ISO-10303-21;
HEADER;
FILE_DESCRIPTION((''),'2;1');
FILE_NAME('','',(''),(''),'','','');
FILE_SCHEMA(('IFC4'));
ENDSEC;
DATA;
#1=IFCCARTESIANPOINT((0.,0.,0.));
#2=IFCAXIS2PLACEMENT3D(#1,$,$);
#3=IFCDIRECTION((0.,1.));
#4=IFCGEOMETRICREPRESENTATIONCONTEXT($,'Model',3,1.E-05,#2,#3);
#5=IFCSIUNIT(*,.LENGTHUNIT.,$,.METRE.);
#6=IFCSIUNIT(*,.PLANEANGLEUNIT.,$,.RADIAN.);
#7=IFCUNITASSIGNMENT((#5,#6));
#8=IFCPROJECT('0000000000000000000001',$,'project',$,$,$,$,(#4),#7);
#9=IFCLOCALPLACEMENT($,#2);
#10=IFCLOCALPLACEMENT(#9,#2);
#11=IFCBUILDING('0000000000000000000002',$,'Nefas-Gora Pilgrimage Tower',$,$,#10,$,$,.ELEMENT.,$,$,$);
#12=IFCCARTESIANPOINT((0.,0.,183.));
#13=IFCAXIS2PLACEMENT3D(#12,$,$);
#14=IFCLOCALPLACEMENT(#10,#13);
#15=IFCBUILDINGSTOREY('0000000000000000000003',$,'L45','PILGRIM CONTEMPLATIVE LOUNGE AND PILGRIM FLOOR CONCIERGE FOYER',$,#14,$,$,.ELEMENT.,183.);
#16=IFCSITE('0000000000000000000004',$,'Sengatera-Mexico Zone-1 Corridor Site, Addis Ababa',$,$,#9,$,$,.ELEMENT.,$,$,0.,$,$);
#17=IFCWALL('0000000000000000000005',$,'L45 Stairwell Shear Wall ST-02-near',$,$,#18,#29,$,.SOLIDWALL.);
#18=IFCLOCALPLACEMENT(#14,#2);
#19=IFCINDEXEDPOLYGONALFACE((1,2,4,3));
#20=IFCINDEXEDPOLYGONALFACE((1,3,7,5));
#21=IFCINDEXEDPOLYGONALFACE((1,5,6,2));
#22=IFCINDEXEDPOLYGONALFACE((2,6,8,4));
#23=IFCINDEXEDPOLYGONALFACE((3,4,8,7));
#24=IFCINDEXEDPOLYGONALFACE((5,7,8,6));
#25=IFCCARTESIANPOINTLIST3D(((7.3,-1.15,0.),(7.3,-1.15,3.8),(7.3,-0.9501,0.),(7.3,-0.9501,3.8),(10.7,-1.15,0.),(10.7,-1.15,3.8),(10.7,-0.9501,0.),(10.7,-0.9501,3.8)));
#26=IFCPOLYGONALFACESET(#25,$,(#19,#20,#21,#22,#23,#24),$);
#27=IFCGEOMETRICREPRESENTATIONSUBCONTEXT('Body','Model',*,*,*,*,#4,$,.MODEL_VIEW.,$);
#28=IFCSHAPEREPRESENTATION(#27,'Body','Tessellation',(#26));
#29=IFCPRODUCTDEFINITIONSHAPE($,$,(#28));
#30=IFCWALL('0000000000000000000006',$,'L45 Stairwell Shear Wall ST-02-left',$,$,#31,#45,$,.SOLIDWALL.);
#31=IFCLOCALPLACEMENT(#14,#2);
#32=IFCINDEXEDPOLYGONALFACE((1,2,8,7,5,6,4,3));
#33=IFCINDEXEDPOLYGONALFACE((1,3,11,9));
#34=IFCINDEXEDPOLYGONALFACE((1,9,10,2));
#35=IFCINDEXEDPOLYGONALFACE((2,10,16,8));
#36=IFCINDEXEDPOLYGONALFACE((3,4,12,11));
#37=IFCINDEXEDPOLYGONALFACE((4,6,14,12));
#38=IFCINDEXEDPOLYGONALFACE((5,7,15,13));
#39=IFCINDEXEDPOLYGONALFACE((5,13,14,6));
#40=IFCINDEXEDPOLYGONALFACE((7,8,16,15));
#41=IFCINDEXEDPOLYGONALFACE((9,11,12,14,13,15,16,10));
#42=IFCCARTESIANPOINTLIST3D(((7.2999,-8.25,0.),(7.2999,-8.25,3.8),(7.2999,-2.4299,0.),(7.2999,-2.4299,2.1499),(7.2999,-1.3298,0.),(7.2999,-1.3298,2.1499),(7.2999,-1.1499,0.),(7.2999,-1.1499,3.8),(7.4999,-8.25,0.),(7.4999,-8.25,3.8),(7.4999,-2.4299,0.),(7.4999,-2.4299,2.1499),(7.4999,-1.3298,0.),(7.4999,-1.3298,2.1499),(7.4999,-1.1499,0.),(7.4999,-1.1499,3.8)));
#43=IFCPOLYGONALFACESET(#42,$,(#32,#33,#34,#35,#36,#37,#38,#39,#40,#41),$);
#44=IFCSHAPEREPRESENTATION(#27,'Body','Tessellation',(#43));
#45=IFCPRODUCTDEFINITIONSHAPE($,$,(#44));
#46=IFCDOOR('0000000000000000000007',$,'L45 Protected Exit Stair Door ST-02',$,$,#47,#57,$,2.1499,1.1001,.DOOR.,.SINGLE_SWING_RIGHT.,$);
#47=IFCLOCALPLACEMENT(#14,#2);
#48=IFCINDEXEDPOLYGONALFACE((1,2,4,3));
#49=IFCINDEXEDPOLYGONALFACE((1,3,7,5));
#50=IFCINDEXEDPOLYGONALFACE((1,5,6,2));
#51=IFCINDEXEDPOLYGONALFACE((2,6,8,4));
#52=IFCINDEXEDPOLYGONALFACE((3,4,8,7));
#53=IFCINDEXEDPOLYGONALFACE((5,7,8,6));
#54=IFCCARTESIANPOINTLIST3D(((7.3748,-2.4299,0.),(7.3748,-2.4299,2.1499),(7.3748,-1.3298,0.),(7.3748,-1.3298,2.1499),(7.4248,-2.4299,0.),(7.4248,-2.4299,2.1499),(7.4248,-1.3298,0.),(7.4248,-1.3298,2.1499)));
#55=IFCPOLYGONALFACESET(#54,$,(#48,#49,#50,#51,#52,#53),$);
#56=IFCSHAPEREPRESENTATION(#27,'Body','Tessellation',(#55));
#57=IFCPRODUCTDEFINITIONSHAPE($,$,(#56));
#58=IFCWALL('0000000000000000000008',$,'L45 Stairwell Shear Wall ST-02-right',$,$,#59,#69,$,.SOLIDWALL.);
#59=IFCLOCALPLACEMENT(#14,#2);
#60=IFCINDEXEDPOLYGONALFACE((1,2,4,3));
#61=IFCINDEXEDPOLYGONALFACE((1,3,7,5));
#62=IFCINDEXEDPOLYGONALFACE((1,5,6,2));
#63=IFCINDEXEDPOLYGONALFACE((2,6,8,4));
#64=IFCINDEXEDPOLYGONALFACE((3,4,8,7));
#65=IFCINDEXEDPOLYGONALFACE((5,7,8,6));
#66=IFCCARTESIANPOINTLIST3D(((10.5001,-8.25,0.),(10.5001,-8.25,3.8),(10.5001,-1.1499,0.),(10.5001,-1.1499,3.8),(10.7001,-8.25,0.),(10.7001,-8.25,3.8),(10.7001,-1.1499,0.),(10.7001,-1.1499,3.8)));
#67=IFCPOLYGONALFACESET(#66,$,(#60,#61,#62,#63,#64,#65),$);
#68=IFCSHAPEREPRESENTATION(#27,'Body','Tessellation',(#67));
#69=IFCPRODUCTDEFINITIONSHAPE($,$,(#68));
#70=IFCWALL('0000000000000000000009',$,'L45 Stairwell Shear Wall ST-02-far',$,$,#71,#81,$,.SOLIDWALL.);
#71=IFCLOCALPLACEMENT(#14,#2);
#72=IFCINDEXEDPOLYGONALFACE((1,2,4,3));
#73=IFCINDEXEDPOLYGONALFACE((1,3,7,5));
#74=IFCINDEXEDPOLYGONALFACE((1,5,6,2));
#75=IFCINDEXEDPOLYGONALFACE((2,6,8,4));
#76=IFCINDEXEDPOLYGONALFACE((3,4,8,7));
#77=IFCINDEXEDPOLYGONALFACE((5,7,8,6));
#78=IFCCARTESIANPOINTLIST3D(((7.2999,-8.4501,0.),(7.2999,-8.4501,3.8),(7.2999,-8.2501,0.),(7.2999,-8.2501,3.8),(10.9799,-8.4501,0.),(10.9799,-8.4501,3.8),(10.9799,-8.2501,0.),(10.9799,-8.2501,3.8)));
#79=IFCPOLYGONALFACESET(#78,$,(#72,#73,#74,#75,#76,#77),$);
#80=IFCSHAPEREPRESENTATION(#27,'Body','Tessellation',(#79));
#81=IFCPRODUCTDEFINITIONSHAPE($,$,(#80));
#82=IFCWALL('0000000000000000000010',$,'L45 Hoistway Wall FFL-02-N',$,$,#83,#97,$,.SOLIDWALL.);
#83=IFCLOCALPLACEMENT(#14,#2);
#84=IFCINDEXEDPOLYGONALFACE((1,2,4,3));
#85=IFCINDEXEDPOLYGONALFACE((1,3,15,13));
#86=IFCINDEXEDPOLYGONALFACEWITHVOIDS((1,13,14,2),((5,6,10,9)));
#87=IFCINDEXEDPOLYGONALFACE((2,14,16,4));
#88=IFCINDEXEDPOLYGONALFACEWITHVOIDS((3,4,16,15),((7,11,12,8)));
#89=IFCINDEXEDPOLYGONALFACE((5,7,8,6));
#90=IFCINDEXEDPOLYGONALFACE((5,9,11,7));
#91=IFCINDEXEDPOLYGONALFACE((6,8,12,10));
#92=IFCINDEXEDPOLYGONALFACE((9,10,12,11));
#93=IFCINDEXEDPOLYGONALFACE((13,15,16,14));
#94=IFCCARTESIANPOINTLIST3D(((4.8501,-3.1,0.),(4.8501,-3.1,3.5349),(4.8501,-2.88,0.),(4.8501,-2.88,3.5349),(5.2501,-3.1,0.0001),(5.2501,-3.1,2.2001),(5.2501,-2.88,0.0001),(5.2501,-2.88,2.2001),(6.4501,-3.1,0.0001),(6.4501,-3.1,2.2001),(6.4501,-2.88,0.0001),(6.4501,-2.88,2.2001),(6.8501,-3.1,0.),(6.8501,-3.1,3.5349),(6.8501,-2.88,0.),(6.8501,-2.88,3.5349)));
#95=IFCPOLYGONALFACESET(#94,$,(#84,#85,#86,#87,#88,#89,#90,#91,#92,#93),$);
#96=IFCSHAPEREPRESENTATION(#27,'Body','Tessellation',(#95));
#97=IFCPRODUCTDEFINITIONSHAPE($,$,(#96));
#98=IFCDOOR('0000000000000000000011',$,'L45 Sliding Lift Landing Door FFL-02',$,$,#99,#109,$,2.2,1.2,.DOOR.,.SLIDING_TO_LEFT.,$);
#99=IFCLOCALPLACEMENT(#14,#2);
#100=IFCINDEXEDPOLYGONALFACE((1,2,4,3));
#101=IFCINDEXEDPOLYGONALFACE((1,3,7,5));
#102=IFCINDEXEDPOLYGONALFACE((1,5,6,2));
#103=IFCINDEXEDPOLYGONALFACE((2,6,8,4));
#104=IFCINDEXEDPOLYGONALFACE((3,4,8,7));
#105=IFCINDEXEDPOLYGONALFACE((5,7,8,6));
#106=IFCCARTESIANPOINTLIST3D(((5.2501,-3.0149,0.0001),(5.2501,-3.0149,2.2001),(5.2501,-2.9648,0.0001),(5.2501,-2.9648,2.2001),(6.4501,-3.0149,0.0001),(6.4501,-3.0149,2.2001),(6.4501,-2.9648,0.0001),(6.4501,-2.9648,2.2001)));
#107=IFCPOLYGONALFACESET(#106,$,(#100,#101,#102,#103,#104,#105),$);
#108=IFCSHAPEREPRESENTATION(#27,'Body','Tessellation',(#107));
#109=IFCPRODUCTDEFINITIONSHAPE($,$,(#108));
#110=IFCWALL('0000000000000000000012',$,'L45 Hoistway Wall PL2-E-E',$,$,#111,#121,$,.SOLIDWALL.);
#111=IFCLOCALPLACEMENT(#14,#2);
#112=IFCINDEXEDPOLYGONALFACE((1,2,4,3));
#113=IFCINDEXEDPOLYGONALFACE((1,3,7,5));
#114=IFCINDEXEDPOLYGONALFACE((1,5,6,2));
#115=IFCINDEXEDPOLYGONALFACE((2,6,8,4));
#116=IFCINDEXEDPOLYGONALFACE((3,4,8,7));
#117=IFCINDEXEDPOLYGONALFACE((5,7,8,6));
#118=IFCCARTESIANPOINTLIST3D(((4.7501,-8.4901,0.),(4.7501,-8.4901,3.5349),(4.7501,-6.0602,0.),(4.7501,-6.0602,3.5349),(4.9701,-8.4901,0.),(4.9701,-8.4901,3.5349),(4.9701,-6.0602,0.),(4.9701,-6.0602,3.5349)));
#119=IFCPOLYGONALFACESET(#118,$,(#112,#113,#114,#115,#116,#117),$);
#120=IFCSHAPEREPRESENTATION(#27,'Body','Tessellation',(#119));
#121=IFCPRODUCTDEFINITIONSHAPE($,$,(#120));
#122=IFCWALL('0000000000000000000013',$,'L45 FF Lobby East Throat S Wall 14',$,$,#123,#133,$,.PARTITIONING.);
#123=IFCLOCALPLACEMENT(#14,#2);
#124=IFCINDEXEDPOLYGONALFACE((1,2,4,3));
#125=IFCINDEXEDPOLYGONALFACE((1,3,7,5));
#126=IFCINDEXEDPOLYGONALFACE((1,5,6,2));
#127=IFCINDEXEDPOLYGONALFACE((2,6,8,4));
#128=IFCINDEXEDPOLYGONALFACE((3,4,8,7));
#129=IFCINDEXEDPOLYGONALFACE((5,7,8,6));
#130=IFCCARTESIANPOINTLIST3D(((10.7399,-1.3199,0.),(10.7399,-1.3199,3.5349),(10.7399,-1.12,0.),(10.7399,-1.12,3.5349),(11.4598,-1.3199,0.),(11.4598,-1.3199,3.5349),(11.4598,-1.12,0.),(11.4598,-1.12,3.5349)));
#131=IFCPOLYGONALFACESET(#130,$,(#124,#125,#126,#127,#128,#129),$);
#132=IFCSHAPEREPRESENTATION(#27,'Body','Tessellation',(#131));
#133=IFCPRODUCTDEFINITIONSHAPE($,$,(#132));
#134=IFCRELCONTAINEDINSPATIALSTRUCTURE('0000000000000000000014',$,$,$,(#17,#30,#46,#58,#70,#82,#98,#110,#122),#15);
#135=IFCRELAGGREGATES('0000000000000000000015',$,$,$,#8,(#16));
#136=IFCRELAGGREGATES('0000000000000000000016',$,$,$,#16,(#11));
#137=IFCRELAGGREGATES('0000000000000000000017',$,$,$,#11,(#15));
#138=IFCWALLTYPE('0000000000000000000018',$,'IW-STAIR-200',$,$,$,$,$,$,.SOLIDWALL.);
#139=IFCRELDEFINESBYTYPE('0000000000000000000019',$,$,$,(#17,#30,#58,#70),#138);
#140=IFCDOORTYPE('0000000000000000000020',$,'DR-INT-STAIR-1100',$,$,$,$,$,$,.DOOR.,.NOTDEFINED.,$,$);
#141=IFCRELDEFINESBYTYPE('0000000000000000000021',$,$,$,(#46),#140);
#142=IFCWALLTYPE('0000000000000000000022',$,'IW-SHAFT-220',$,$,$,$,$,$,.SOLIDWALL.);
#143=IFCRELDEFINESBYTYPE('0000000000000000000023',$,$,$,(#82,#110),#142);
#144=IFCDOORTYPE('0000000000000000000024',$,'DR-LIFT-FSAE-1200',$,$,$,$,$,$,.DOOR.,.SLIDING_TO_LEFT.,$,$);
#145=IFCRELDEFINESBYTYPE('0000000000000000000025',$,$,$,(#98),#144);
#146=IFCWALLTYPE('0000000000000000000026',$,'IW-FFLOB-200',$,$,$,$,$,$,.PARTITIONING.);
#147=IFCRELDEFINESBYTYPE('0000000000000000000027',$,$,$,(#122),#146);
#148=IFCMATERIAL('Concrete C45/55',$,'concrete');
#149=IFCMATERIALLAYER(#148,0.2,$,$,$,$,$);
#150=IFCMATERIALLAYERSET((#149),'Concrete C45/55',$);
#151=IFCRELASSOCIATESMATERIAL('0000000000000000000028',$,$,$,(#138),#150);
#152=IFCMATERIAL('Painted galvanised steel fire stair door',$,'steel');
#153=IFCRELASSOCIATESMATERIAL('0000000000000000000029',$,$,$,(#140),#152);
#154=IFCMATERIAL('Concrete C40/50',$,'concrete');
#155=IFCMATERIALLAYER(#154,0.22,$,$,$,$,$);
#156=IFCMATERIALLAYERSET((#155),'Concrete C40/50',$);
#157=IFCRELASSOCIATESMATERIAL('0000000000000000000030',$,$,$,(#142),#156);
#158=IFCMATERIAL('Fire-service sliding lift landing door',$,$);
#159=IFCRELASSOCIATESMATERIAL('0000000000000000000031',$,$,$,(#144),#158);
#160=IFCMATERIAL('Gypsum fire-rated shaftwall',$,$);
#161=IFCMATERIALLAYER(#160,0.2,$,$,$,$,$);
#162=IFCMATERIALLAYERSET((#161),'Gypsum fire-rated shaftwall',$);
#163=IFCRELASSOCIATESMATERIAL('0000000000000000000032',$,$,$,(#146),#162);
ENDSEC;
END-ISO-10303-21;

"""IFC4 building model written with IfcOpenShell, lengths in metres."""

from ifc_helpers import new_model, si_unit, direction, frame, frame_2d, origin, place, context, subcontext, project, spatial, rectangle, extrude, source, transform, mapped, material, layer, layer_set, type_object, element, fill, save


model = new_model("IFC4")

# Units and contexts
model_context = context("Model", 3, precision=1e-05, world=origin(), true_north=direction((0.0, 1.0)))
body_context = subcontext(model_context, "Body", "Model", "MODEL_VIEW")
ifc_project = project(units=[si_unit("LENGTHUNIT", "METRE"), si_unit("PLANEANGLEUNIT", "RADIAN")], contexts=[model_context])

# Site, building, storey
site_placement = place(None, origin())
site = spatial("IfcSite", under=ifc_project, at=site_placement, Name="Sengatera-Mexico Zone-1 Corridor Site, Addis Ababa", CompositionType="ELEMENT", RefElevation=0.0)
building_placement = place(site_placement, origin())
building = spatial("IfcBuilding", under=site, at=building_placement, Name="Nefas-Gora Pilgrimage Tower", CompositionType="ELEMENT")
storey_placement = place(building_placement, frame((0.0, 0.0, 183.0)))
storey = spatial("IfcBuildingStorey", under=building, at=storey_placement, Name="L45", Description="PILGRIM CONTEMPLATIVE LOUNGE AND PILGRIM FLOOR CONCIERGE FOYER", CompositionType="ELEMENT", Elevation=183.0)

# Wall
ifc_material_1 = material(Name="Concrete C45/55", Category="concrete")
ifc_layer_1 = layer(ifc_material_1, 0.2)
ifc_layer_set_1 = layer_set([ifc_layer_1], Name="Concrete C45/55")
wall_type_1 = type_object("IfcWallType", Name="IW-STAIR-200", PredefinedType="SOLIDWALL", material=ifc_layer_set_1)
shared_shape_1 = source(origin(), body_context, "Body", "SweptSolid", [
    extrude(rectangle(XDim=3.3999, YDim=0.2, at=frame_2d((1.7, 0.0))), origin(), (0.0, 0.0, 1.0), 3.8),
])
wall_1_placement = place(storey_placement, frame((7.3, -1.05, 0.0), z_axis=(0.0, 0.0, 1.0), x_axis=(1.0, 0.0, 0.0)))
element("IfcWall", 1, at=wall_1_placement, inside=storey, type_object=wall_type_1, Name="L45 Stairwell Shear Wall ST-02-near", PredefinedType="SOLIDWALL", context=body_context, shape_type="MappedRepresentation", body=[
    mapped(shared_shape_1, transform((0.0, 0.0, 0.0), x_axis=(1.0, 0.0, 0.0), y_axis=(0.0, 1.0, 0.0), z_axis=(0.0, 0.0, 1.0), scale=1.0)),
])

# Wall, opening, door
shared_shape_2 = source(origin(), body_context, "Body", "SweptSolid", [
    extrude(rectangle(XDim=7.1001, YDim=0.2, at=frame_2d((3.55, 0.0))), origin(), (0.0, 0.0, 1.0), 3.8),
])
wall_2_placement = place(storey_placement, frame((7.3999, -1.1499, 0.0), z_axis=(0.0, 0.0, 1.0), x_axis=(0.0, -1.0, 0.0)))
wall_2 = element("IfcWall", 2, at=wall_2_placement, inside=storey, type_object=wall_type_1, Name="L45 Stairwell Shear Wall ST-02-left", PredefinedType="SOLIDWALL", context=body_context, shape_type="MappedRepresentation", body=[
    mapped(shared_shape_2, transform((0.0, 0.0, 0.0), x_axis=(1.0, 0.0, 0.0), y_axis=(0.0, 1.0, 0.0), z_axis=(0.0, 0.0, 1.0), scale=1.0)),
])
opening_1_placement = place(wall_2_placement, frame((0.1799, 0.0, 0.0)))
opening_1 = element("IfcOpeningElement", 3, at=opening_1_placement, cuts=wall_2, PredefinedType="OPENING", context=body_context, shape_type="SweptSolid", body=[
    extrude(rectangle(XDim=1.1001, YDim=2.1499, at=frame_2d((0.55, 1.075))), frame((0.0, 0.1099, 0.0), z_axis=(0.0, -1.0, 0.0), x_axis=(1.0, 0.0, 0.0)), (0.0, 0.0, 1.0), 0.22),
])
ifc_material_2 = material(Name="Painted galvanised steel fire stair door", Category="steel")
door_type_1 = type_object("IfcDoorType", Name="DR-INT-STAIR-1100", OperationType="NOTDEFINED", PredefinedType="DOOR", material=ifc_material_2)
shared_shape_3 = source(origin(), body_context, "Body", "SweptSolid", [
    extrude(rectangle(XDim=1.1001, YDim=2.1499, at=frame_2d((0.55, 1.075))), frame((0.0, 0.0249, 0.0), z_axis=(0.0, -1.0, 0.0), x_axis=(1.0, 0.0, 0.0)), (0.0, 0.0, 1.0), 0.05),
])
door_1_placement = place(opening_1_placement, origin())
door_1 = element("IfcDoor", 4, at=door_1_placement, inside=storey, type_object=door_type_1, Name="L45 Protected Exit Stair Door ST-02", OperationType="SINGLE_SWING_RIGHT", OverallHeight=2.1499, OverallWidth=1.1001, PredefinedType="DOOR", context=body_context, shape_type="MappedRepresentation", body=[
    mapped(shared_shape_3, transform((0.0, 0.0, 0.0), x_axis=(1.0, 0.0, 0.0), y_axis=(0.0, 1.0, 0.0), z_axis=(0.0, 0.0, 1.0), scale=1.0)),
])
fill(opening_1, door_1)

# Walls
wall_3_placement = place(storey_placement, frame((10.6001, -1.1499, 0.0), z_axis=(0.0, 0.0, 1.0), x_axis=(0.0, -1.0, 0.0)))
element("IfcWall", 5, at=wall_3_placement, inside=storey, type_object=wall_type_1, Name="L45 Stairwell Shear Wall ST-02-right", PredefinedType="SOLIDWALL", context=body_context, shape_type="MappedRepresentation", body=[
    mapped(shared_shape_2, transform((0.0, 0.0, 0.0), x_axis=(1.0, 0.0, 0.0), y_axis=(0.0, 1.0, 0.0), z_axis=(0.0, 0.0, 1.0), scale=1.0)),
])
shared_shape_4 = source(origin(), body_context, "Body", "SweptSolid", [
    extrude(rectangle(XDim=3.6799, YDim=0.2, at=frame_2d((1.8398, 0.0))), origin(), (0.0, 0.0, 1.0), 3.8),
])
wall_4_placement = place(storey_placement, frame((7.3, -8.3501, 0.0), z_axis=(0.0, 0.0, 1.0), x_axis=(1.0, 0.0, 0.0)))
element("IfcWall", 6, at=wall_4_placement, inside=storey, type_object=wall_type_1, Name="L45 Stairwell Shear Wall ST-02-far", PredefinedType="SOLIDWALL", context=body_context, shape_type="MappedRepresentation", body=[
    mapped(shared_shape_4, transform((0.0, 0.0, 0.0), x_axis=(1.0, 0.0, 0.0), y_axis=(0.0, 1.0, 0.0), z_axis=(0.0, 0.0, 1.0), scale=1.0)),
])

# Wall, opening, door
ifc_material_3 = material(Name="Concrete C40/50", Category="concrete")
ifc_layer_2 = layer(ifc_material_3, 0.22)
ifc_layer_set_2 = layer_set([ifc_layer_2], Name="Concrete C40/50")
wall_type_2 = type_object("IfcWallType", Name="IW-SHAFT-220", PredefinedType="SOLIDWALL", material=ifc_layer_set_2)
shared_shape_5 = source(origin(), body_context, "Body", "SweptSolid", [
    extrude(rectangle(XDim=2.0, YDim=0.22, at=frame_2d((1.0, 0.0))), origin(), (0.0, 0.0, 1.0), 3.5349),
])
wall_5_placement = place(storey_placement, frame((6.8501, -2.99, 0.0), z_axis=(0.0, 0.0, 1.0), x_axis=(-1.0, 0.0, 0.0)))
wall_5 = element("IfcWall", 7, at=wall_5_placement, inside=storey, type_object=wall_type_2, Name="L45 Hoistway Wall FFL-02-N", PredefinedType="SOLIDWALL", context=body_context, shape_type="MappedRepresentation", body=[
    mapped(shared_shape_5, transform((0.0, 0.0, 0.0), x_axis=(1.0, 0.0, 0.0), y_axis=(0.0, 1.0, 0.0), z_axis=(0.0, 0.0, 1.0), scale=1.0)),
])
opening_2_placement = place(wall_5_placement, frame((0.3999, 0.0, 0.0)))
opening_2 = element("IfcOpeningElement", 8, at=opening_2_placement, cuts=wall_5, PredefinedType="OPENING", context=body_context, shape_type="SweptSolid", body=[
    extrude(rectangle(XDim=1.2, YDim=2.2, at=frame_2d((0.6001, 1.1001))), frame((0.0, 0.1199, 0.0), z_axis=(0.0, -1.0, 0.0), x_axis=(1.0, 0.0, 0.0)), (0.0, 0.0, 1.0), 0.24),
])
ifc_material_4 = material(Name="Fire-service sliding lift landing door")
door_type_2 = type_object("IfcDoorType", Name="DR-LIFT-FSAE-1200", OperationType="SLIDING_TO_LEFT", PredefinedType="DOOR", material=ifc_material_4)
shared_shape_6 = source(origin(), body_context, "Body", "SweptSolid", [
    extrude(rectangle(XDim=1.2, YDim=2.2, at=frame_2d((0.6001, 1.1001))), frame((0.0, 0.0249, 0.0), z_axis=(0.0, -1.0, 0.0), x_axis=(1.0, 0.0, 0.0)), (0.0, 0.0, 1.0), 0.05),
])
door_2_placement = place(opening_2_placement, origin())
door_2 = element("IfcDoor", 9, at=door_2_placement, inside=storey, type_object=door_type_2, Name="L45 Sliding Lift Landing Door FFL-02", OperationType="SLIDING_TO_LEFT", OverallHeight=2.2, OverallWidth=1.2, PredefinedType="DOOR", context=body_context, shape_type="MappedRepresentation", body=[
    mapped(shared_shape_6, transform((0.0, 0.0, 0.0), x_axis=(1.0, 0.0, 0.0), y_axis=(0.0, 1.0, 0.0), z_axis=(0.0, 0.0, 1.0), scale=1.0)),
])
fill(opening_2, door_2)

# Walls
shared_shape_7 = source(origin(), body_context, "Body", "SweptSolid", [
    extrude(rectangle(XDim=2.4299, YDim=0.22, at=frame_2d((1.2148, 0.0))), origin(), (0.0, 0.0, 1.0), 3.5349),
])
wall_6_placement = place(storey_placement, frame((4.8601, -8.49, 0.0), z_axis=(0.0, 0.0, 1.0), x_axis=(0.0, 1.0, 0.0)))
element("IfcWall", 10, at=wall_6_placement, inside=storey, type_object=wall_type_2, Name="L45 Hoistway Wall PL2-E-E", PredefinedType="SOLIDWALL", context=body_context, shape_type="MappedRepresentation", body=[
    mapped(shared_shape_7, transform((0.0, 0.0, 0.0), x_axis=(1.0, 0.0, 0.0), y_axis=(0.0, 1.0, 0.0), z_axis=(0.0, 0.0, 1.0), scale=1.0)),
])
ifc_material_5 = material(Name="Gypsum fire-rated shaftwall")
ifc_layer_3 = layer(ifc_material_5, 0.2)
ifc_layer_set_3 = layer_set([ifc_layer_3], Name="Gypsum fire-rated shaftwall")
wall_type_3 = type_object("IfcWallType", Name="IW-FFLOB-200", PredefinedType="PARTITIONING", material=ifc_layer_set_3)
shared_shape_8 = source(origin(), body_context, "Body", "SweptSolid", [
    extrude(rectangle(XDim=0.72, YDim=0.2, at=frame_2d((0.3599, 0.0))), origin(), (0.0, 0.0, 1.0), 3.5349),
])
wall_7_placement = place(storey_placement, frame((10.74, -1.22, 0.0), z_axis=(0.0, 0.0, 1.0), x_axis=(1.0, 0.0, 0.0)))
element("IfcWall", 11, at=wall_7_placement, inside=storey, type_object=wall_type_3, Name="L45 FF Lobby East Throat S Wall 14", PredefinedType="PARTITIONING", context=body_context, shape_type="MappedRepresentation", body=[
    mapped(shared_shape_8, transform((0.0, 0.0, 0.0), x_axis=(1.0, 0.0, 0.0), y_axis=(0.0, 1.0, 0.0), z_axis=(0.0, 0.0, 1.0), scale=1.0)),
])

save(model, "model.ifc")
